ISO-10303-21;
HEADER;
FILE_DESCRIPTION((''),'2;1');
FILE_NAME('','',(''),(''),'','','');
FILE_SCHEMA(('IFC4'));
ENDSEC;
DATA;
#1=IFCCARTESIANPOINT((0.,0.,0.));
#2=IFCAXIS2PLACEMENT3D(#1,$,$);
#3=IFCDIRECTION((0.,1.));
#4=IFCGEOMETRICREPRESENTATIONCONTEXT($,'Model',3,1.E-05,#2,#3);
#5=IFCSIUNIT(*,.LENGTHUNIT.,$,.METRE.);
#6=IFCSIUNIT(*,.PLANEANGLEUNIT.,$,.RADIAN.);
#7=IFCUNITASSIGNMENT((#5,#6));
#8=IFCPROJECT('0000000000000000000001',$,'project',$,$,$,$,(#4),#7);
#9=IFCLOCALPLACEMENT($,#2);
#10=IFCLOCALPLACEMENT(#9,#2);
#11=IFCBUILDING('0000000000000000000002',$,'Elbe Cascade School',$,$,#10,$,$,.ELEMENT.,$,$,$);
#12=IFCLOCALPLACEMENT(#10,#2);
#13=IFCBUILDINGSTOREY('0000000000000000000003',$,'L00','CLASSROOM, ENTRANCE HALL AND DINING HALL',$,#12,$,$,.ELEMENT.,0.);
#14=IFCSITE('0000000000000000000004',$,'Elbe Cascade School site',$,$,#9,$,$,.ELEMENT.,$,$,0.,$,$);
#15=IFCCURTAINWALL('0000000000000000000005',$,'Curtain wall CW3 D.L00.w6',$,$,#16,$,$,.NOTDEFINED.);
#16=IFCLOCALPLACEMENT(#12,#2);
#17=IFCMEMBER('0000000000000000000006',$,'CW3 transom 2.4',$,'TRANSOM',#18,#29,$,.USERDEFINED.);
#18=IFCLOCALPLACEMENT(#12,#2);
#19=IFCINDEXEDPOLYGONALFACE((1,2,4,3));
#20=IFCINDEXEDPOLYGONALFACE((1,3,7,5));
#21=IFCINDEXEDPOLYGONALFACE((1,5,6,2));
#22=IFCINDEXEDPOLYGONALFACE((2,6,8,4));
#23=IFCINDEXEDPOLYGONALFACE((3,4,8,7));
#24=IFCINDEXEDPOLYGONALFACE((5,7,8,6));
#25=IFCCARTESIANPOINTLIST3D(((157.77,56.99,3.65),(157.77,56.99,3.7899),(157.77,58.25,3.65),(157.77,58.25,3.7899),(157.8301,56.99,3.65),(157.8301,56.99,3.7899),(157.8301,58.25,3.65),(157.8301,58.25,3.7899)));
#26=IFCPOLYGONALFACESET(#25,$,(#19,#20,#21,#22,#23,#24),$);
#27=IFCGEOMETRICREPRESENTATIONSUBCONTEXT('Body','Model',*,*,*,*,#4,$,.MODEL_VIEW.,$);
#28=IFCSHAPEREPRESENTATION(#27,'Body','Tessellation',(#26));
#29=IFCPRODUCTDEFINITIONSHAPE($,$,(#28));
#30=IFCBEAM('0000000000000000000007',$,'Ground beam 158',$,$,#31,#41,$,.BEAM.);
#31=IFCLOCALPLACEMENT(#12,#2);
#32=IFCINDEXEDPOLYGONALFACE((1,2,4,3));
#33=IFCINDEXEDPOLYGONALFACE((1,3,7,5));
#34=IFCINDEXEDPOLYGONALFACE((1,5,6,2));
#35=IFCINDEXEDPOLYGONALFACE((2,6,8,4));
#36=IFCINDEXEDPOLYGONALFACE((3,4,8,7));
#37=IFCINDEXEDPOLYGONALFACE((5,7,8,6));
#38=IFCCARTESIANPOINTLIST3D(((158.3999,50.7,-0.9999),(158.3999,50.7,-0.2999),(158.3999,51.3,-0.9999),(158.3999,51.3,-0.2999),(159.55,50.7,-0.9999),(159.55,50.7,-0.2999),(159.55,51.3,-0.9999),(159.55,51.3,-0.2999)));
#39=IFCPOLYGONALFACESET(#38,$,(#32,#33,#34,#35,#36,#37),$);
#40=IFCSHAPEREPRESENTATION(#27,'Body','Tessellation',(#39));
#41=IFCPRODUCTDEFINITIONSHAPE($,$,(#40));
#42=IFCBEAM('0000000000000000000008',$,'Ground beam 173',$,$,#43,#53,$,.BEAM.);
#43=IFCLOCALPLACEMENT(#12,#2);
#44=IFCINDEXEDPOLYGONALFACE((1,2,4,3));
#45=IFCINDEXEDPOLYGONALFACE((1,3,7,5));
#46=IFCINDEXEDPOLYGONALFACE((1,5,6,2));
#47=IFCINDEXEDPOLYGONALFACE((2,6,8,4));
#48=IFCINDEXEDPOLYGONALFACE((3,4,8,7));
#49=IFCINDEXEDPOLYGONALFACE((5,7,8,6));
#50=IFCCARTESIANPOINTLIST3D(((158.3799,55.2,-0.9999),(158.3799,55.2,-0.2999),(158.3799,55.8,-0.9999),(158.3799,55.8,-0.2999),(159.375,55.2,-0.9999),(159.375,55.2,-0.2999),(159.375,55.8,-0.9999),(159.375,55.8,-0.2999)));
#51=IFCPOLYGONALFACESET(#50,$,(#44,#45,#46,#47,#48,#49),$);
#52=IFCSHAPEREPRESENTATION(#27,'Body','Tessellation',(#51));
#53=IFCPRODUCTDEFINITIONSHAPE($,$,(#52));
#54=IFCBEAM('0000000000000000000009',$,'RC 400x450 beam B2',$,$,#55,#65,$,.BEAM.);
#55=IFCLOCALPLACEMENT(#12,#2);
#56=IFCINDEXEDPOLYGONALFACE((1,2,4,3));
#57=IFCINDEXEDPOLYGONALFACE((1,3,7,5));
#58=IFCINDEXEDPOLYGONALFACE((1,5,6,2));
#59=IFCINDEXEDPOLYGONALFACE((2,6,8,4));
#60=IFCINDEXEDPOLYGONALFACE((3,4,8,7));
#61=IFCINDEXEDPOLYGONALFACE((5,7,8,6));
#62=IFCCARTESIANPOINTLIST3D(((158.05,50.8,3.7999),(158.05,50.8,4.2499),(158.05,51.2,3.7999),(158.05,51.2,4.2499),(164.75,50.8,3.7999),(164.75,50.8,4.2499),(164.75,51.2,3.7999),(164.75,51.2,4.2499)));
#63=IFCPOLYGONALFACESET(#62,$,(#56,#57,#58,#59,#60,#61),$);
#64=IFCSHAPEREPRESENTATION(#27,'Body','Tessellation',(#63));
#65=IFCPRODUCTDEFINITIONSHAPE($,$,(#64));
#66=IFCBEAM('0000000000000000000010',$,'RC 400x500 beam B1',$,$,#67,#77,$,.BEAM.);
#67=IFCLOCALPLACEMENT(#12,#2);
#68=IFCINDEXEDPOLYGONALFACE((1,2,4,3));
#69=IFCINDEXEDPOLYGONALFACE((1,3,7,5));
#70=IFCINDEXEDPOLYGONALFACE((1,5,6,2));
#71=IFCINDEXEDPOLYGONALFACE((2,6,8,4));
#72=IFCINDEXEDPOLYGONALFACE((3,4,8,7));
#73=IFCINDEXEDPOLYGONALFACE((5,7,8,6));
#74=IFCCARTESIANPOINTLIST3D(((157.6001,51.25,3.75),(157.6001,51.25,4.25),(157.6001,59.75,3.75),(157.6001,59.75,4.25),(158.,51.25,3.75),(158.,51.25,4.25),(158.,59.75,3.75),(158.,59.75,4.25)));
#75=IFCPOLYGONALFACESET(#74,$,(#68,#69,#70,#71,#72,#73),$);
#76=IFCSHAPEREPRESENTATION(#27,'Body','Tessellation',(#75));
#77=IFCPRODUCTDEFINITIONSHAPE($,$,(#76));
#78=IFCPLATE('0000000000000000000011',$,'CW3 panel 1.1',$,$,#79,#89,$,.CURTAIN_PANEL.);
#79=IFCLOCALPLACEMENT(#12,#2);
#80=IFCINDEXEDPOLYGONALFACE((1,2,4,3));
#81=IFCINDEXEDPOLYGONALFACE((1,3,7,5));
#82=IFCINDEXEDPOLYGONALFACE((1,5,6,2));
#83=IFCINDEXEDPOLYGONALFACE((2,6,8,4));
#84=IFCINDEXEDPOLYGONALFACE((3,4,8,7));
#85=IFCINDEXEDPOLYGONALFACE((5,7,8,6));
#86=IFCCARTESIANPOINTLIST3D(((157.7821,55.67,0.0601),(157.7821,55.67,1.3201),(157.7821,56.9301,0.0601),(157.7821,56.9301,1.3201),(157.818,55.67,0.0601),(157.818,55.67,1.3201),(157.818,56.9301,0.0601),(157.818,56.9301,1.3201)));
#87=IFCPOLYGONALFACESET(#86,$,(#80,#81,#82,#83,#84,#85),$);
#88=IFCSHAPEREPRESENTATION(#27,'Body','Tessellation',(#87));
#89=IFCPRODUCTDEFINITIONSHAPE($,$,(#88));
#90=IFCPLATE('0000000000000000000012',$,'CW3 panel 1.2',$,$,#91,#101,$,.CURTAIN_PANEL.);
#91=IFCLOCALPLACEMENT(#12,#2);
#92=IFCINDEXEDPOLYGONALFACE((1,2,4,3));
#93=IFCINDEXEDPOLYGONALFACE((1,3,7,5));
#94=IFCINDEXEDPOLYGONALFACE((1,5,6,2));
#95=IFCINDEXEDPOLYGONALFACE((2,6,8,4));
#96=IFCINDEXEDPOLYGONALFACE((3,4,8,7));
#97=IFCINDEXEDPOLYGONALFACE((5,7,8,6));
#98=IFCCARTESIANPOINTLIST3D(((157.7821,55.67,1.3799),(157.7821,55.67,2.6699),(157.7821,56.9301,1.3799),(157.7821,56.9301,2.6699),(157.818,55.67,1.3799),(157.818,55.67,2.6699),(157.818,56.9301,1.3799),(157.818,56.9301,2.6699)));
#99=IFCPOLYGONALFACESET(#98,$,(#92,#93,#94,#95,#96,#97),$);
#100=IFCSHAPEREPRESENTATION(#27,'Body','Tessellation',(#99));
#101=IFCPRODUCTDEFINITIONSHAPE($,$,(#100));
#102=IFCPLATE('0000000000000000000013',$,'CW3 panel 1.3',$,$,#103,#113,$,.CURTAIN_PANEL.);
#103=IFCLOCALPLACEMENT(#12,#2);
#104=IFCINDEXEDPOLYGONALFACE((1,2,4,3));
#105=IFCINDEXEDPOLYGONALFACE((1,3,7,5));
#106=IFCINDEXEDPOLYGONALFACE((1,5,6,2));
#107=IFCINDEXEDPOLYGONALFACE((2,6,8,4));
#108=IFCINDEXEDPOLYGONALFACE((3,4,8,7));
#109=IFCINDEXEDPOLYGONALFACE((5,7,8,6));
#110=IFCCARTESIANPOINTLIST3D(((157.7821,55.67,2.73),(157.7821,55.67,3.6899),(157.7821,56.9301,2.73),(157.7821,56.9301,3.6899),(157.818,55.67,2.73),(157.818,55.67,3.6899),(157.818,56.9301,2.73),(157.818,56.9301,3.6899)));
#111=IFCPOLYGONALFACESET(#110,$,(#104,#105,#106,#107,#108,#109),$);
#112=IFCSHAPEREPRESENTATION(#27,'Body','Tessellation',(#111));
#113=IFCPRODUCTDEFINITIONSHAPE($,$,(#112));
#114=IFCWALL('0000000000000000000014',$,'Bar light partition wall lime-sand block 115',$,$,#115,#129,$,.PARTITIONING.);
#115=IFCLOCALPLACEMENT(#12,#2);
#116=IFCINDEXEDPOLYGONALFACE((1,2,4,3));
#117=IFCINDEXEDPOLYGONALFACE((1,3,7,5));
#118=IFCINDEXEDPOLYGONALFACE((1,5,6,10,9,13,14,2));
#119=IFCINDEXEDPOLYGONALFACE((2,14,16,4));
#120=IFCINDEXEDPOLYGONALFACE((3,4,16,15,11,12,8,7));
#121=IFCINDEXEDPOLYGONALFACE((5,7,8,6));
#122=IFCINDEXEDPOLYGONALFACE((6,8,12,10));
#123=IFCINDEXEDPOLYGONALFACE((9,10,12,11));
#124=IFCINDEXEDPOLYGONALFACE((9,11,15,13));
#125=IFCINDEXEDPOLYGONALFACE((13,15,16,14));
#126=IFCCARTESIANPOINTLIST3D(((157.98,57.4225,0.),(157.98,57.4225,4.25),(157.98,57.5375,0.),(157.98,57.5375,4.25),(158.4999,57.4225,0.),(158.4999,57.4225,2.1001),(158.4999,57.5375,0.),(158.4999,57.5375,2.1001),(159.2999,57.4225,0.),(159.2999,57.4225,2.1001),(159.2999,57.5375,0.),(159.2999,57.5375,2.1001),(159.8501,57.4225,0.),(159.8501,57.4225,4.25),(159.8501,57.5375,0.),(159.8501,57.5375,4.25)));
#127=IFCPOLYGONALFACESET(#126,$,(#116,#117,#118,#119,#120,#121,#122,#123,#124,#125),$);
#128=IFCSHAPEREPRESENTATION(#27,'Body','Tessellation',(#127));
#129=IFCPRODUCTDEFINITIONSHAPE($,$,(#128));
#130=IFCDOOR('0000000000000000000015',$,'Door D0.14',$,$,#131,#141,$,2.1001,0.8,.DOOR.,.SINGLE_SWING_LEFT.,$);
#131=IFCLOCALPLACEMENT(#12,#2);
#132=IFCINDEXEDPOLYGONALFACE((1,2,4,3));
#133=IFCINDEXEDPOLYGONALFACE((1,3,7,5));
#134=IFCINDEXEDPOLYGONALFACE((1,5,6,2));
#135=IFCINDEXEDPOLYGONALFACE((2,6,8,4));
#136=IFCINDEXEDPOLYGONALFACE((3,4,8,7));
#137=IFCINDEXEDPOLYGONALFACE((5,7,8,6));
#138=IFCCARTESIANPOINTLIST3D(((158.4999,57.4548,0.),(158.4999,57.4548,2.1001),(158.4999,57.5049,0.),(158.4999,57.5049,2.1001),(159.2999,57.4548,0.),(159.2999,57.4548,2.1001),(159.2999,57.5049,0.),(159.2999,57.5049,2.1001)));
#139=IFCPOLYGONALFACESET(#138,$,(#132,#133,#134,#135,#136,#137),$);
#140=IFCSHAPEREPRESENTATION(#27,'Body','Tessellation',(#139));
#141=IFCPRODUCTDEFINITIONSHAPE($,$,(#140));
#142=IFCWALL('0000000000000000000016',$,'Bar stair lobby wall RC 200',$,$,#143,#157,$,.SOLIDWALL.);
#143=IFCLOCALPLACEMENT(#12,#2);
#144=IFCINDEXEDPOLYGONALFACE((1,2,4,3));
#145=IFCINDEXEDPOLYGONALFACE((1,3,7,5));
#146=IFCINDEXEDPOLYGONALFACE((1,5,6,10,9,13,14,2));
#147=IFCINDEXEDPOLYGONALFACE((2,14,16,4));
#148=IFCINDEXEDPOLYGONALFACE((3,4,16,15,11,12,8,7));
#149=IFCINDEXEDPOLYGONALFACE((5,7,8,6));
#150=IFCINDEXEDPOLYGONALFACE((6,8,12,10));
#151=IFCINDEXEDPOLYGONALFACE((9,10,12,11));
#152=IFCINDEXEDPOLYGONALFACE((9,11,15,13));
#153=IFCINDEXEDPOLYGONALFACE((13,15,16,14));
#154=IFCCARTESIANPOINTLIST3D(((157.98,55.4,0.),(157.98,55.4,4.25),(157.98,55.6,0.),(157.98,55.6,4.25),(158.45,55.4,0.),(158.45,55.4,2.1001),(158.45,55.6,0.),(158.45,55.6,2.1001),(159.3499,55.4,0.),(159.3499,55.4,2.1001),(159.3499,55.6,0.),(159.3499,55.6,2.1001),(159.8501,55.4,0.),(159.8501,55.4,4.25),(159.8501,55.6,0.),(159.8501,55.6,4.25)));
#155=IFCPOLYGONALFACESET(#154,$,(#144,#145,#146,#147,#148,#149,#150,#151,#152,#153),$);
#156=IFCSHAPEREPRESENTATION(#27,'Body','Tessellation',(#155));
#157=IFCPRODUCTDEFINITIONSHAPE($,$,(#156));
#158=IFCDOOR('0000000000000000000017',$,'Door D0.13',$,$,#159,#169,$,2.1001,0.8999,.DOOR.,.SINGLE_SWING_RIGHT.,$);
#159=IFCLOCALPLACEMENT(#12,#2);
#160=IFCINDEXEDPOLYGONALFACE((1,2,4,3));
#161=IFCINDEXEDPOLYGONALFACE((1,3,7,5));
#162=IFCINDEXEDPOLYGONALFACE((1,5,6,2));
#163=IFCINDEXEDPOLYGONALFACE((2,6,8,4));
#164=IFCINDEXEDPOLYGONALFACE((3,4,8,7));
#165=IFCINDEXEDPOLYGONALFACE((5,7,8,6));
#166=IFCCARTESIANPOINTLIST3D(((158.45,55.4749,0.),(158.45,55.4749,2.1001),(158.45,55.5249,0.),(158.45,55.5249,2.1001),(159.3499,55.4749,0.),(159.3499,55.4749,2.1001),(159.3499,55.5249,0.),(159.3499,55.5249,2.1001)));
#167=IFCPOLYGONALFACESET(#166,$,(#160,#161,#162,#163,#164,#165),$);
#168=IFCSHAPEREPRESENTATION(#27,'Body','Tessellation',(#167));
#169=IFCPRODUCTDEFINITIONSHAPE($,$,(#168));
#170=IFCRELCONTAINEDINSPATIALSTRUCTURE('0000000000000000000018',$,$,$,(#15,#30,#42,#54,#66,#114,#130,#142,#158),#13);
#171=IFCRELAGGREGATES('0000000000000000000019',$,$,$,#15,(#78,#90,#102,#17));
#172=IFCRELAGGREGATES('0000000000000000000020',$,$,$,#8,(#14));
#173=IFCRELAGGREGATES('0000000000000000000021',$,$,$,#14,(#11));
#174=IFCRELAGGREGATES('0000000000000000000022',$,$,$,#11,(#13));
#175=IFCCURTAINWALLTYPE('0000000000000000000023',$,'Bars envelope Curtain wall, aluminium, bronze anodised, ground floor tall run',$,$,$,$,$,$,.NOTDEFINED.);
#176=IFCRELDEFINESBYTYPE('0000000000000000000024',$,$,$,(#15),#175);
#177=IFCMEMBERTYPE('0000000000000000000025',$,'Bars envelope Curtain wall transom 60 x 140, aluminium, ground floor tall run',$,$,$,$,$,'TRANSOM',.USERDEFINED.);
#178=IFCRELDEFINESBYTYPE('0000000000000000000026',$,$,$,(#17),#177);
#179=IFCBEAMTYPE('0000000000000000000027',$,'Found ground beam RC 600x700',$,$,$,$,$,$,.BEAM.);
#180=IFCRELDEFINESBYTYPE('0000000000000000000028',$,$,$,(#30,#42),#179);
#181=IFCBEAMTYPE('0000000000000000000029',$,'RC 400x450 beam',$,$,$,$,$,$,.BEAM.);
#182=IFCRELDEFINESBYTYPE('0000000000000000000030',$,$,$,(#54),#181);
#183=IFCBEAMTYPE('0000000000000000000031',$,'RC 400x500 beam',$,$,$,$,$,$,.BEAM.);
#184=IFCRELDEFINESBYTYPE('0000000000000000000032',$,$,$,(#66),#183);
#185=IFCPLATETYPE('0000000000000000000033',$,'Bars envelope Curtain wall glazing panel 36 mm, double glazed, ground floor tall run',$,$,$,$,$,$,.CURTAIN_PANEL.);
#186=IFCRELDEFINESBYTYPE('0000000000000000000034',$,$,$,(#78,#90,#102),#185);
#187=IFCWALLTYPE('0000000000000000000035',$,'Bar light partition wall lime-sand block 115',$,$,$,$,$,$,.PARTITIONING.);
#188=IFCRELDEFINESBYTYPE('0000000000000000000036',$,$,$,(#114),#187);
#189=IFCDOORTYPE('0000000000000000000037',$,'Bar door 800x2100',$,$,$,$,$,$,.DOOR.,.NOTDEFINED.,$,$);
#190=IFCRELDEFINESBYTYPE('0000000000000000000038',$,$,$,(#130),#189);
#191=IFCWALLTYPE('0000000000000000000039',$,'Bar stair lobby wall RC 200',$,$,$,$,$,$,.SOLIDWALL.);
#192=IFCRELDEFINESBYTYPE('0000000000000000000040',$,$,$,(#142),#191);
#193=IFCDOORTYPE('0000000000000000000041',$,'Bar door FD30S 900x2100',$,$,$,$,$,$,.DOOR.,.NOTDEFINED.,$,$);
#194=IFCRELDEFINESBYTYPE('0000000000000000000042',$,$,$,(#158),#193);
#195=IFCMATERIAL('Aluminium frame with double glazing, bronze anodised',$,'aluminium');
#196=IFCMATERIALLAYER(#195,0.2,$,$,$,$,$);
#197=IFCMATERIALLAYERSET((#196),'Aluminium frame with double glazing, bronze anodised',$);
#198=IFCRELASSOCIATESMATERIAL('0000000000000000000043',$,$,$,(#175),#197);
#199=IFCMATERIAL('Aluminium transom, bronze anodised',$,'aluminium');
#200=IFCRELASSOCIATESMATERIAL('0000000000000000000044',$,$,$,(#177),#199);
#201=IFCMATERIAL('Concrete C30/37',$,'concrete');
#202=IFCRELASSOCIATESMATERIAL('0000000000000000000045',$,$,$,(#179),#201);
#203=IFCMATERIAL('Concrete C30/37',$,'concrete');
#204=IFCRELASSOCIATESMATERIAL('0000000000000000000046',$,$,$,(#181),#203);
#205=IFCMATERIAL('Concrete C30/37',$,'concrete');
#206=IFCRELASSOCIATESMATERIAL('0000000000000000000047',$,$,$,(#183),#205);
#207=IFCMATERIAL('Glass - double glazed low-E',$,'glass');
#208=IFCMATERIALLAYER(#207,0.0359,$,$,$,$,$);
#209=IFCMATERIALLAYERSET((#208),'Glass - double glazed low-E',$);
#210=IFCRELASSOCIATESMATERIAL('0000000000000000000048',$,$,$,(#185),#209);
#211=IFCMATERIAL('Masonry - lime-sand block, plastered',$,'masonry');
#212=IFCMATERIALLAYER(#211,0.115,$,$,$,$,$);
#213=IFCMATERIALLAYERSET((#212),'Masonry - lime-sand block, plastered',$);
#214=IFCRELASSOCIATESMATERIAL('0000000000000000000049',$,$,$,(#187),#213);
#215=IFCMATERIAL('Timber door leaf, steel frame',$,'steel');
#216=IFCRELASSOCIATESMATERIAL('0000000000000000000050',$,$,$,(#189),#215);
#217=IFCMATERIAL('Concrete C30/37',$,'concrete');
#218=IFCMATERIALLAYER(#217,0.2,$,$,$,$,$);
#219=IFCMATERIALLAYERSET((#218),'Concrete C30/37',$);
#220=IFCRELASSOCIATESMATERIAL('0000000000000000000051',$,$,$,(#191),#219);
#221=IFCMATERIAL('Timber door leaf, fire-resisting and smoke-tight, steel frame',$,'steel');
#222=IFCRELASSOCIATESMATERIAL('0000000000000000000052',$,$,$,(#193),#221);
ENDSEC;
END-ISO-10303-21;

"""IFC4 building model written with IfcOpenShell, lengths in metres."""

from ifc_helpers import new_model, si_unit, direction, frame, frame_2d, origin, origin_2d, place, context, subcontext, project, spatial, rectangle, extrude, material, layer, layer_set, material_profile, profile_set, type_object, element, fill, aggregate, save


model = new_model("IFC4")

# Units and contexts
model_context = context("Model", 3, precision=1e-05, world=origin(), true_north=direction((0.0, 1.0)))
body_context = subcontext(model_context, "Body", "Model", "MODEL_VIEW")
ifc_project = project(units=[si_unit("LENGTHUNIT", "METRE"), si_unit("PLANEANGLEUNIT", "RADIAN")], contexts=[model_context])

# Site, building, storey
site_placement = place(None, origin())
site = spatial("IfcSite", under=ifc_project, at=site_placement, Name="Elbe Cascade School site", CompositionType="ELEMENT", RefElevation=0.0)
building_placement = place(site_placement, origin())
building = spatial("IfcBuilding", under=site, at=building_placement, Name="Elbe Cascade School", CompositionType="ELEMENT")
storey_placement = place(building_placement, origin())
storey = spatial("IfcBuildingStorey", under=building, at=storey_placement, Name="L00", Description="CLASSROOM, ENTRANCE HALL AND DINING HALL", CompositionType="ELEMENT", Elevation=0.0)

# Curtain wall, member
ifc_material_1 = material(Name="Aluminium frame with double glazing, bronze anodised", Category="aluminium")
ifc_layer_1 = layer(ifc_material_1, 0.2)
ifc_layer_set_1 = layer_set([ifc_layer_1], Name="Aluminium frame with double glazing, bronze anodised")
curtain_wall_type = type_object("IfcCurtainWallType", Name="Bars envelope Curtain wall, aluminium, bronze anodised, ground floor tall run", PredefinedType="NOTDEFINED", material=ifc_layer_set_1)
curtain_wall_placement = place(storey_placement, origin())
curtain_wall = element("IfcCurtainWall", 1, at=curtain_wall_placement, inside=storey, type_object=curtain_wall_type, Name="Curtain wall CW3 D.L00.w6", PredefinedType="NOTDEFINED")
ifc_material_2 = material(Name="Aluminium transom, bronze anodised", Category="aluminium")
ifc_material_profile_1 = material_profile(ifc_material_2, rectangle(XDim=0.0601, YDim=0.1399, at=origin_2d()), Name="Bars envelope Curtain wall transom 60 x 140, aluminium, ground floor tall run")
ifc_profile_set_1 = profile_set([ifc_material_profile_1], Name="Aluminium transom, bronze anodised")
member_type_1 = type_object("IfcMemberType", Name="Bars envelope Curtain wall transom 60 x 140, aluminium, ground floor tall run", ElementType="TRANSOM", PredefinedType="USERDEFINED", material=ifc_profile_set_1)
member_1_placement = place(storey_placement, frame((157.8, 56.99, 3.72), z_axis=(0.0, 1.0, 0.0), x_axis=(-1.0, 0.0, 0.0)))
member_1 = element("IfcMember", 2, at=member_1_placement, type_object=member_type_1, Name="CW3 transom 2.4", ObjectType="TRANSOM", PredefinedType="USERDEFINED", context=body_context, shape_type="SweptSolid", body=[
    extrude(rectangle(XDim=0.0601, YDim=0.1399, at=origin_2d()), origin(), (0.0, 0.0, 1.0), 1.26),
])

# Beams
ifc_material_3 = material(Name="Concrete C30/37", Category="concrete")
ifc_material_profile_2 = material_profile(ifc_material_3, rectangle(XDim=0.6001, YDim=0.7, at=origin_2d()), Name="RC 600x700")
ifc_profile_set_2 = profile_set([ifc_material_profile_2], Name="Concrete C30/37")
beam_type_1 = type_object("IfcBeamType", Name="Found ground beam RC 600x700", PredefinedType="BEAM", material=ifc_profile_set_2)
beam_1_placement = place(storey_placement, frame((158.3999, 51.0, -0.6499), z_axis=(1.0, 0.0, 0.0), x_axis=(0.0, 1.0, 0.0)))
element("IfcBeam", 3, at=beam_1_placement, inside=storey, type_object=beam_type_1, Name="Ground beam 158", PredefinedType="BEAM", context=body_context, shape_type="SweptSolid", body=[
    extrude(rectangle(XDim=0.6001, YDim=0.7, at=origin_2d()), origin(), (0.0, 0.0, 1.0), 1.1501),
])
beam_2_placement = place(storey_placement, frame((158.3799, 55.5, -0.6499), z_axis=(1.0, 0.0, 0.0), x_axis=(0.0, 1.0, 0.0)))
element("IfcBeam", 4, at=beam_2_placement, inside=storey, type_object=beam_type_1, Name="Ground beam 173", PredefinedType="BEAM", context=body_context, shape_type="SweptSolid", body=[
    extrude(rectangle(XDim=0.6001, YDim=0.7, at=origin_2d()), origin(), (0.0, 0.0, 1.0), 0.9951),
])
ifc_material_4 = material(Name="Concrete C30/37", Category="concrete")
ifc_material_profile_3 = material_profile(ifc_material_4, rectangle(XDim=0.3999, YDim=0.45, at=origin_2d()), Name="RC 400x450")
ifc_profile_set_3 = profile_set([ifc_material_profile_3], Name="Concrete C30/37")
beam_type_2 = type_object("IfcBeamType", Name="RC 400x450 beam", PredefinedType="BEAM", material=ifc_profile_set_3)
beam_3_placement = place(storey_placement, frame((158.05, 51.0, 4.0249), z_axis=(1.0, 0.0, 0.0), x_axis=(0.0, 1.0, 0.0)))
element("IfcBeam", 5, at=beam_3_placement, inside=storey, type_object=beam_type_2, Name="RC 400x450 beam B2", PredefinedType="BEAM", context=body_context, shape_type="SweptSolid", body=[
    extrude(rectangle(XDim=0.3999, YDim=0.45, at=origin_2d()), origin(), (0.0, 0.0, 1.0), 6.7),
])
ifc_material_5 = material(Name="Concrete C30/37", Category="concrete")
ifc_material_profile_4 = material_profile(ifc_material_5, rectangle(XDim=0.3999, YDim=0.5, at=origin_2d()), Name="RC 400x500")
ifc_profile_set_4 = profile_set([ifc_material_profile_4], Name="Concrete C30/37")
beam_type_3 = type_object("IfcBeamType", Name="RC 400x500 beam", PredefinedType="BEAM", material=ifc_profile_set_4)
beam_4_placement = place(storey_placement, frame((157.8, 51.25, 4.0), z_axis=(0.0, 1.0, 0.0), x_axis=(-1.0, 0.0, 0.0)))
element("IfcBeam", 6, at=beam_4_placement, inside=storey, type_object=beam_type_3, Name="RC 400x500 beam B1", PredefinedType="BEAM", context=body_context, shape_type="SweptSolid", body=[
    extrude(rectangle(XDim=0.3999, YDim=0.5, at=origin_2d()), origin(), (0.0, 0.0, 1.0), 8.5),
])

# Plates
ifc_material_6 = material(Name="Glass - double glazed low-E", Category="glass")
ifc_layer_2 = layer(ifc_material_6, 0.0359)
ifc_layer_set_2 = layer_set([ifc_layer_2], Name="Glass - double glazed low-E")
plate_type = type_object("IfcPlateType", Name="Bars envelope Curtain wall glazing panel 36 mm, double glazed, ground floor tall run", PredefinedType="CURTAIN_PANEL", material=ifc_layer_set_2)
plate_1_placement = place(storey_placement, frame((157.8, 56.3, 0.0601), z_axis=(0.0, 0.0, 1.0), x_axis=(0.0, 1.0, 0.0)))
plate_1 = element("IfcPlate", 7, at=plate_1_placement, type_object=plate_type, Name="CW3 panel 1.1", PredefinedType="CURTAIN_PANEL", context=body_context, shape_type="SweptSolid", body=[
    extrude(rectangle(XDim=1.26, YDim=0.0359, at=origin_2d()), origin(), (0.0, 0.0, 1.0), 1.26),
])
plate_2_placement = place(storey_placement, frame((157.8, 56.3, 1.3799), z_axis=(0.0, 0.0, 1.0), x_axis=(0.0, 1.0, 0.0)))
plate_2 = element("IfcPlate", 8, at=plate_2_placement, type_object=plate_type, Name="CW3 panel 1.2", PredefinedType="CURTAIN_PANEL", context=body_context, shape_type="SweptSolid", body=[
    extrude(rectangle(XDim=1.26, YDim=0.0359, at=origin_2d()), origin(), (0.0, 0.0, 1.0), 1.29),
])
plate_3_placement = place(storey_placement, frame((157.8, 56.3, 2.73), z_axis=(0.0, 0.0, 1.0), x_axis=(0.0, 1.0, 0.0)))
plate_3 = element("IfcPlate", 9, at=plate_3_placement, type_object=plate_type, Name="CW3 panel 1.3", PredefinedType="CURTAIN_PANEL", context=body_context, shape_type="SweptSolid", body=[
    extrude(rectangle(XDim=1.26, YDim=0.0359, at=origin_2d()), origin(), (0.0, 0.0, 1.0), 0.96),
])
aggregate(curtain_wall, [plate_1, plate_2, plate_3, member_1])

# Walls, openings, doors
ifc_material_7 = material(Name="Masonry - lime-sand block, plastered", Category="masonry")
ifc_layer_3 = layer(ifc_material_7, 0.115)
ifc_layer_set_3 = layer_set([ifc_layer_3], Name="Masonry - lime-sand block, plastered")
wall_type_1 = type_object("IfcWallType", Name="Bar light partition wall lime-sand block 115", PredefinedType="PARTITIONING", material=ifc_layer_set_3)
wall_1_placement = place(storey_placement, frame((157.98, 57.48, 0.0), z_axis=(0.0, 0.0, 1.0), x_axis=(1.0, 0.0, 0.0)))
wall_1 = element("IfcWall", 10, at=wall_1_placement, inside=storey, type_object=wall_type_1, Name="Bar light partition wall lime-sand block 115", PredefinedType="PARTITIONING", context=body_context, shape_type="SweptSolid", body=[
    extrude(rectangle(XDim=1.8701, YDim=0.115, at=frame_2d((0.9351, 0.0))), origin(), (0.0, 0.0, 1.0), 4.25),
])
opening_1_placement = place(wall_1_placement, frame((0.52, 0.0, 0.0)))
opening_1 = element("IfcOpeningElement", 11, at=opening_1_placement, cuts=wall_1, PredefinedType="OPENING", context=body_context, shape_type="SweptSolid", body=[
    extrude(rectangle(XDim=0.8, YDim=2.1001, at=frame_2d((0.3999, 1.05))), frame((0.0, 0.0674, 0.0), z_axis=(0.0, -1.0, 0.0), x_axis=(1.0, 0.0, 0.0)), (0.0, 0.0, 1.0), 0.135),
])
ifc_material_8 = material(Name="Timber door leaf, steel frame", Category="steel")
door_type_1 = type_object("IfcDoorType", Name="Bar door 800x2100", OperationType="NOTDEFINED", PredefinedType="DOOR", material=ifc_material_8)
door_1_placement = place(opening_1_placement, origin())
door_1 = element("IfcDoor", 12, at=door_1_placement, inside=storey, type_object=door_type_1, Name="Door D0.14", OperationType="SINGLE_SWING_LEFT", OverallHeight=2.1001, OverallWidth=0.8, PredefinedType="DOOR", context=body_context, shape_type="SweptSolid", body=[
    extrude(rectangle(XDim=0.8, YDim=2.1001, at=frame_2d((0.3999, 1.05))), frame((0.0, 0.0249, 0.0), z_axis=(0.0, -1.0, 0.0), x_axis=(1.0, 0.0, 0.0)), (0.0, 0.0, 1.0), 0.05),
])
fill(opening_1, door_1)
ifc_material_9 = material(Name="Concrete C30/37", Category="concrete")
ifc_layer_4 = layer(ifc_material_9, 0.2)
ifc_layer_set_4 = layer_set([ifc_layer_4], Name="Concrete C30/37")
wall_type_2 = type_object("IfcWallType", Name="Bar stair lobby wall RC 200", PredefinedType="SOLIDWALL", material=ifc_layer_set_4)
wall_2_placement = place(storey_placement, frame((157.98, 55.5, 0.0), z_axis=(0.0, 0.0, 1.0), x_axis=(1.0, 0.0, 0.0)))
wall_2 = element("IfcWall", 13, at=wall_2_placement, inside=storey, type_object=wall_type_2, Name="Bar stair lobby wall RC 200", PredefinedType="SOLIDWALL", context=body_context, shape_type="SweptSolid", body=[
    extrude(rectangle(XDim=1.8701, YDim=0.2, at=frame_2d((0.9351, 0.0))), origin(), (0.0, 0.0, 1.0), 4.25),
])
opening_2_placement = place(wall_2_placement, frame((0.47, 0.0, 0.0)))
opening_2 = element("IfcOpeningElement", 14, at=opening_2_placement, cuts=wall_2, PredefinedType="OPENING", context=body_context, shape_type="SweptSolid", body=[
    extrude(rectangle(XDim=0.8999, YDim=2.1001, at=frame_2d((0.45, 1.05))), frame((0.0, 0.1099, 0.0), z_axis=(0.0, -1.0, 0.0), x_axis=(1.0, 0.0, 0.0)), (0.0, 0.0, 1.0), 0.22),
])
ifc_material_10 = material(Name="Timber door leaf, fire-resisting and smoke-tight, steel frame", Category="steel")
door_type_2 = type_object("IfcDoorType", Name="Bar door FD30S 900x2100", OperationType="NOTDEFINED", PredefinedType="DOOR", material=ifc_material_10)
door_2_placement = place(opening_2_placement, origin())
door_2 = element("IfcDoor", 15, at=door_2_placement, inside=storey, type_object=door_type_2, Name="Door D0.13", OperationType="SINGLE_SWING_RIGHT", OverallHeight=2.1001, OverallWidth=0.8999, PredefinedType="DOOR", context=body_context, shape_type="SweptSolid", body=[
    extrude(rectangle(XDim=0.8999, YDim=2.1001, at=frame_2d((0.45, 1.05))), frame((0.0, 0.0249, 0.0), z_axis=(0.0, -1.0, 0.0), x_axis=(1.0, 0.0, 0.0)), (0.0, 0.0, 1.0), 0.05),
])
fill(opening_2, door_2)

save(model, "model.ifc")
